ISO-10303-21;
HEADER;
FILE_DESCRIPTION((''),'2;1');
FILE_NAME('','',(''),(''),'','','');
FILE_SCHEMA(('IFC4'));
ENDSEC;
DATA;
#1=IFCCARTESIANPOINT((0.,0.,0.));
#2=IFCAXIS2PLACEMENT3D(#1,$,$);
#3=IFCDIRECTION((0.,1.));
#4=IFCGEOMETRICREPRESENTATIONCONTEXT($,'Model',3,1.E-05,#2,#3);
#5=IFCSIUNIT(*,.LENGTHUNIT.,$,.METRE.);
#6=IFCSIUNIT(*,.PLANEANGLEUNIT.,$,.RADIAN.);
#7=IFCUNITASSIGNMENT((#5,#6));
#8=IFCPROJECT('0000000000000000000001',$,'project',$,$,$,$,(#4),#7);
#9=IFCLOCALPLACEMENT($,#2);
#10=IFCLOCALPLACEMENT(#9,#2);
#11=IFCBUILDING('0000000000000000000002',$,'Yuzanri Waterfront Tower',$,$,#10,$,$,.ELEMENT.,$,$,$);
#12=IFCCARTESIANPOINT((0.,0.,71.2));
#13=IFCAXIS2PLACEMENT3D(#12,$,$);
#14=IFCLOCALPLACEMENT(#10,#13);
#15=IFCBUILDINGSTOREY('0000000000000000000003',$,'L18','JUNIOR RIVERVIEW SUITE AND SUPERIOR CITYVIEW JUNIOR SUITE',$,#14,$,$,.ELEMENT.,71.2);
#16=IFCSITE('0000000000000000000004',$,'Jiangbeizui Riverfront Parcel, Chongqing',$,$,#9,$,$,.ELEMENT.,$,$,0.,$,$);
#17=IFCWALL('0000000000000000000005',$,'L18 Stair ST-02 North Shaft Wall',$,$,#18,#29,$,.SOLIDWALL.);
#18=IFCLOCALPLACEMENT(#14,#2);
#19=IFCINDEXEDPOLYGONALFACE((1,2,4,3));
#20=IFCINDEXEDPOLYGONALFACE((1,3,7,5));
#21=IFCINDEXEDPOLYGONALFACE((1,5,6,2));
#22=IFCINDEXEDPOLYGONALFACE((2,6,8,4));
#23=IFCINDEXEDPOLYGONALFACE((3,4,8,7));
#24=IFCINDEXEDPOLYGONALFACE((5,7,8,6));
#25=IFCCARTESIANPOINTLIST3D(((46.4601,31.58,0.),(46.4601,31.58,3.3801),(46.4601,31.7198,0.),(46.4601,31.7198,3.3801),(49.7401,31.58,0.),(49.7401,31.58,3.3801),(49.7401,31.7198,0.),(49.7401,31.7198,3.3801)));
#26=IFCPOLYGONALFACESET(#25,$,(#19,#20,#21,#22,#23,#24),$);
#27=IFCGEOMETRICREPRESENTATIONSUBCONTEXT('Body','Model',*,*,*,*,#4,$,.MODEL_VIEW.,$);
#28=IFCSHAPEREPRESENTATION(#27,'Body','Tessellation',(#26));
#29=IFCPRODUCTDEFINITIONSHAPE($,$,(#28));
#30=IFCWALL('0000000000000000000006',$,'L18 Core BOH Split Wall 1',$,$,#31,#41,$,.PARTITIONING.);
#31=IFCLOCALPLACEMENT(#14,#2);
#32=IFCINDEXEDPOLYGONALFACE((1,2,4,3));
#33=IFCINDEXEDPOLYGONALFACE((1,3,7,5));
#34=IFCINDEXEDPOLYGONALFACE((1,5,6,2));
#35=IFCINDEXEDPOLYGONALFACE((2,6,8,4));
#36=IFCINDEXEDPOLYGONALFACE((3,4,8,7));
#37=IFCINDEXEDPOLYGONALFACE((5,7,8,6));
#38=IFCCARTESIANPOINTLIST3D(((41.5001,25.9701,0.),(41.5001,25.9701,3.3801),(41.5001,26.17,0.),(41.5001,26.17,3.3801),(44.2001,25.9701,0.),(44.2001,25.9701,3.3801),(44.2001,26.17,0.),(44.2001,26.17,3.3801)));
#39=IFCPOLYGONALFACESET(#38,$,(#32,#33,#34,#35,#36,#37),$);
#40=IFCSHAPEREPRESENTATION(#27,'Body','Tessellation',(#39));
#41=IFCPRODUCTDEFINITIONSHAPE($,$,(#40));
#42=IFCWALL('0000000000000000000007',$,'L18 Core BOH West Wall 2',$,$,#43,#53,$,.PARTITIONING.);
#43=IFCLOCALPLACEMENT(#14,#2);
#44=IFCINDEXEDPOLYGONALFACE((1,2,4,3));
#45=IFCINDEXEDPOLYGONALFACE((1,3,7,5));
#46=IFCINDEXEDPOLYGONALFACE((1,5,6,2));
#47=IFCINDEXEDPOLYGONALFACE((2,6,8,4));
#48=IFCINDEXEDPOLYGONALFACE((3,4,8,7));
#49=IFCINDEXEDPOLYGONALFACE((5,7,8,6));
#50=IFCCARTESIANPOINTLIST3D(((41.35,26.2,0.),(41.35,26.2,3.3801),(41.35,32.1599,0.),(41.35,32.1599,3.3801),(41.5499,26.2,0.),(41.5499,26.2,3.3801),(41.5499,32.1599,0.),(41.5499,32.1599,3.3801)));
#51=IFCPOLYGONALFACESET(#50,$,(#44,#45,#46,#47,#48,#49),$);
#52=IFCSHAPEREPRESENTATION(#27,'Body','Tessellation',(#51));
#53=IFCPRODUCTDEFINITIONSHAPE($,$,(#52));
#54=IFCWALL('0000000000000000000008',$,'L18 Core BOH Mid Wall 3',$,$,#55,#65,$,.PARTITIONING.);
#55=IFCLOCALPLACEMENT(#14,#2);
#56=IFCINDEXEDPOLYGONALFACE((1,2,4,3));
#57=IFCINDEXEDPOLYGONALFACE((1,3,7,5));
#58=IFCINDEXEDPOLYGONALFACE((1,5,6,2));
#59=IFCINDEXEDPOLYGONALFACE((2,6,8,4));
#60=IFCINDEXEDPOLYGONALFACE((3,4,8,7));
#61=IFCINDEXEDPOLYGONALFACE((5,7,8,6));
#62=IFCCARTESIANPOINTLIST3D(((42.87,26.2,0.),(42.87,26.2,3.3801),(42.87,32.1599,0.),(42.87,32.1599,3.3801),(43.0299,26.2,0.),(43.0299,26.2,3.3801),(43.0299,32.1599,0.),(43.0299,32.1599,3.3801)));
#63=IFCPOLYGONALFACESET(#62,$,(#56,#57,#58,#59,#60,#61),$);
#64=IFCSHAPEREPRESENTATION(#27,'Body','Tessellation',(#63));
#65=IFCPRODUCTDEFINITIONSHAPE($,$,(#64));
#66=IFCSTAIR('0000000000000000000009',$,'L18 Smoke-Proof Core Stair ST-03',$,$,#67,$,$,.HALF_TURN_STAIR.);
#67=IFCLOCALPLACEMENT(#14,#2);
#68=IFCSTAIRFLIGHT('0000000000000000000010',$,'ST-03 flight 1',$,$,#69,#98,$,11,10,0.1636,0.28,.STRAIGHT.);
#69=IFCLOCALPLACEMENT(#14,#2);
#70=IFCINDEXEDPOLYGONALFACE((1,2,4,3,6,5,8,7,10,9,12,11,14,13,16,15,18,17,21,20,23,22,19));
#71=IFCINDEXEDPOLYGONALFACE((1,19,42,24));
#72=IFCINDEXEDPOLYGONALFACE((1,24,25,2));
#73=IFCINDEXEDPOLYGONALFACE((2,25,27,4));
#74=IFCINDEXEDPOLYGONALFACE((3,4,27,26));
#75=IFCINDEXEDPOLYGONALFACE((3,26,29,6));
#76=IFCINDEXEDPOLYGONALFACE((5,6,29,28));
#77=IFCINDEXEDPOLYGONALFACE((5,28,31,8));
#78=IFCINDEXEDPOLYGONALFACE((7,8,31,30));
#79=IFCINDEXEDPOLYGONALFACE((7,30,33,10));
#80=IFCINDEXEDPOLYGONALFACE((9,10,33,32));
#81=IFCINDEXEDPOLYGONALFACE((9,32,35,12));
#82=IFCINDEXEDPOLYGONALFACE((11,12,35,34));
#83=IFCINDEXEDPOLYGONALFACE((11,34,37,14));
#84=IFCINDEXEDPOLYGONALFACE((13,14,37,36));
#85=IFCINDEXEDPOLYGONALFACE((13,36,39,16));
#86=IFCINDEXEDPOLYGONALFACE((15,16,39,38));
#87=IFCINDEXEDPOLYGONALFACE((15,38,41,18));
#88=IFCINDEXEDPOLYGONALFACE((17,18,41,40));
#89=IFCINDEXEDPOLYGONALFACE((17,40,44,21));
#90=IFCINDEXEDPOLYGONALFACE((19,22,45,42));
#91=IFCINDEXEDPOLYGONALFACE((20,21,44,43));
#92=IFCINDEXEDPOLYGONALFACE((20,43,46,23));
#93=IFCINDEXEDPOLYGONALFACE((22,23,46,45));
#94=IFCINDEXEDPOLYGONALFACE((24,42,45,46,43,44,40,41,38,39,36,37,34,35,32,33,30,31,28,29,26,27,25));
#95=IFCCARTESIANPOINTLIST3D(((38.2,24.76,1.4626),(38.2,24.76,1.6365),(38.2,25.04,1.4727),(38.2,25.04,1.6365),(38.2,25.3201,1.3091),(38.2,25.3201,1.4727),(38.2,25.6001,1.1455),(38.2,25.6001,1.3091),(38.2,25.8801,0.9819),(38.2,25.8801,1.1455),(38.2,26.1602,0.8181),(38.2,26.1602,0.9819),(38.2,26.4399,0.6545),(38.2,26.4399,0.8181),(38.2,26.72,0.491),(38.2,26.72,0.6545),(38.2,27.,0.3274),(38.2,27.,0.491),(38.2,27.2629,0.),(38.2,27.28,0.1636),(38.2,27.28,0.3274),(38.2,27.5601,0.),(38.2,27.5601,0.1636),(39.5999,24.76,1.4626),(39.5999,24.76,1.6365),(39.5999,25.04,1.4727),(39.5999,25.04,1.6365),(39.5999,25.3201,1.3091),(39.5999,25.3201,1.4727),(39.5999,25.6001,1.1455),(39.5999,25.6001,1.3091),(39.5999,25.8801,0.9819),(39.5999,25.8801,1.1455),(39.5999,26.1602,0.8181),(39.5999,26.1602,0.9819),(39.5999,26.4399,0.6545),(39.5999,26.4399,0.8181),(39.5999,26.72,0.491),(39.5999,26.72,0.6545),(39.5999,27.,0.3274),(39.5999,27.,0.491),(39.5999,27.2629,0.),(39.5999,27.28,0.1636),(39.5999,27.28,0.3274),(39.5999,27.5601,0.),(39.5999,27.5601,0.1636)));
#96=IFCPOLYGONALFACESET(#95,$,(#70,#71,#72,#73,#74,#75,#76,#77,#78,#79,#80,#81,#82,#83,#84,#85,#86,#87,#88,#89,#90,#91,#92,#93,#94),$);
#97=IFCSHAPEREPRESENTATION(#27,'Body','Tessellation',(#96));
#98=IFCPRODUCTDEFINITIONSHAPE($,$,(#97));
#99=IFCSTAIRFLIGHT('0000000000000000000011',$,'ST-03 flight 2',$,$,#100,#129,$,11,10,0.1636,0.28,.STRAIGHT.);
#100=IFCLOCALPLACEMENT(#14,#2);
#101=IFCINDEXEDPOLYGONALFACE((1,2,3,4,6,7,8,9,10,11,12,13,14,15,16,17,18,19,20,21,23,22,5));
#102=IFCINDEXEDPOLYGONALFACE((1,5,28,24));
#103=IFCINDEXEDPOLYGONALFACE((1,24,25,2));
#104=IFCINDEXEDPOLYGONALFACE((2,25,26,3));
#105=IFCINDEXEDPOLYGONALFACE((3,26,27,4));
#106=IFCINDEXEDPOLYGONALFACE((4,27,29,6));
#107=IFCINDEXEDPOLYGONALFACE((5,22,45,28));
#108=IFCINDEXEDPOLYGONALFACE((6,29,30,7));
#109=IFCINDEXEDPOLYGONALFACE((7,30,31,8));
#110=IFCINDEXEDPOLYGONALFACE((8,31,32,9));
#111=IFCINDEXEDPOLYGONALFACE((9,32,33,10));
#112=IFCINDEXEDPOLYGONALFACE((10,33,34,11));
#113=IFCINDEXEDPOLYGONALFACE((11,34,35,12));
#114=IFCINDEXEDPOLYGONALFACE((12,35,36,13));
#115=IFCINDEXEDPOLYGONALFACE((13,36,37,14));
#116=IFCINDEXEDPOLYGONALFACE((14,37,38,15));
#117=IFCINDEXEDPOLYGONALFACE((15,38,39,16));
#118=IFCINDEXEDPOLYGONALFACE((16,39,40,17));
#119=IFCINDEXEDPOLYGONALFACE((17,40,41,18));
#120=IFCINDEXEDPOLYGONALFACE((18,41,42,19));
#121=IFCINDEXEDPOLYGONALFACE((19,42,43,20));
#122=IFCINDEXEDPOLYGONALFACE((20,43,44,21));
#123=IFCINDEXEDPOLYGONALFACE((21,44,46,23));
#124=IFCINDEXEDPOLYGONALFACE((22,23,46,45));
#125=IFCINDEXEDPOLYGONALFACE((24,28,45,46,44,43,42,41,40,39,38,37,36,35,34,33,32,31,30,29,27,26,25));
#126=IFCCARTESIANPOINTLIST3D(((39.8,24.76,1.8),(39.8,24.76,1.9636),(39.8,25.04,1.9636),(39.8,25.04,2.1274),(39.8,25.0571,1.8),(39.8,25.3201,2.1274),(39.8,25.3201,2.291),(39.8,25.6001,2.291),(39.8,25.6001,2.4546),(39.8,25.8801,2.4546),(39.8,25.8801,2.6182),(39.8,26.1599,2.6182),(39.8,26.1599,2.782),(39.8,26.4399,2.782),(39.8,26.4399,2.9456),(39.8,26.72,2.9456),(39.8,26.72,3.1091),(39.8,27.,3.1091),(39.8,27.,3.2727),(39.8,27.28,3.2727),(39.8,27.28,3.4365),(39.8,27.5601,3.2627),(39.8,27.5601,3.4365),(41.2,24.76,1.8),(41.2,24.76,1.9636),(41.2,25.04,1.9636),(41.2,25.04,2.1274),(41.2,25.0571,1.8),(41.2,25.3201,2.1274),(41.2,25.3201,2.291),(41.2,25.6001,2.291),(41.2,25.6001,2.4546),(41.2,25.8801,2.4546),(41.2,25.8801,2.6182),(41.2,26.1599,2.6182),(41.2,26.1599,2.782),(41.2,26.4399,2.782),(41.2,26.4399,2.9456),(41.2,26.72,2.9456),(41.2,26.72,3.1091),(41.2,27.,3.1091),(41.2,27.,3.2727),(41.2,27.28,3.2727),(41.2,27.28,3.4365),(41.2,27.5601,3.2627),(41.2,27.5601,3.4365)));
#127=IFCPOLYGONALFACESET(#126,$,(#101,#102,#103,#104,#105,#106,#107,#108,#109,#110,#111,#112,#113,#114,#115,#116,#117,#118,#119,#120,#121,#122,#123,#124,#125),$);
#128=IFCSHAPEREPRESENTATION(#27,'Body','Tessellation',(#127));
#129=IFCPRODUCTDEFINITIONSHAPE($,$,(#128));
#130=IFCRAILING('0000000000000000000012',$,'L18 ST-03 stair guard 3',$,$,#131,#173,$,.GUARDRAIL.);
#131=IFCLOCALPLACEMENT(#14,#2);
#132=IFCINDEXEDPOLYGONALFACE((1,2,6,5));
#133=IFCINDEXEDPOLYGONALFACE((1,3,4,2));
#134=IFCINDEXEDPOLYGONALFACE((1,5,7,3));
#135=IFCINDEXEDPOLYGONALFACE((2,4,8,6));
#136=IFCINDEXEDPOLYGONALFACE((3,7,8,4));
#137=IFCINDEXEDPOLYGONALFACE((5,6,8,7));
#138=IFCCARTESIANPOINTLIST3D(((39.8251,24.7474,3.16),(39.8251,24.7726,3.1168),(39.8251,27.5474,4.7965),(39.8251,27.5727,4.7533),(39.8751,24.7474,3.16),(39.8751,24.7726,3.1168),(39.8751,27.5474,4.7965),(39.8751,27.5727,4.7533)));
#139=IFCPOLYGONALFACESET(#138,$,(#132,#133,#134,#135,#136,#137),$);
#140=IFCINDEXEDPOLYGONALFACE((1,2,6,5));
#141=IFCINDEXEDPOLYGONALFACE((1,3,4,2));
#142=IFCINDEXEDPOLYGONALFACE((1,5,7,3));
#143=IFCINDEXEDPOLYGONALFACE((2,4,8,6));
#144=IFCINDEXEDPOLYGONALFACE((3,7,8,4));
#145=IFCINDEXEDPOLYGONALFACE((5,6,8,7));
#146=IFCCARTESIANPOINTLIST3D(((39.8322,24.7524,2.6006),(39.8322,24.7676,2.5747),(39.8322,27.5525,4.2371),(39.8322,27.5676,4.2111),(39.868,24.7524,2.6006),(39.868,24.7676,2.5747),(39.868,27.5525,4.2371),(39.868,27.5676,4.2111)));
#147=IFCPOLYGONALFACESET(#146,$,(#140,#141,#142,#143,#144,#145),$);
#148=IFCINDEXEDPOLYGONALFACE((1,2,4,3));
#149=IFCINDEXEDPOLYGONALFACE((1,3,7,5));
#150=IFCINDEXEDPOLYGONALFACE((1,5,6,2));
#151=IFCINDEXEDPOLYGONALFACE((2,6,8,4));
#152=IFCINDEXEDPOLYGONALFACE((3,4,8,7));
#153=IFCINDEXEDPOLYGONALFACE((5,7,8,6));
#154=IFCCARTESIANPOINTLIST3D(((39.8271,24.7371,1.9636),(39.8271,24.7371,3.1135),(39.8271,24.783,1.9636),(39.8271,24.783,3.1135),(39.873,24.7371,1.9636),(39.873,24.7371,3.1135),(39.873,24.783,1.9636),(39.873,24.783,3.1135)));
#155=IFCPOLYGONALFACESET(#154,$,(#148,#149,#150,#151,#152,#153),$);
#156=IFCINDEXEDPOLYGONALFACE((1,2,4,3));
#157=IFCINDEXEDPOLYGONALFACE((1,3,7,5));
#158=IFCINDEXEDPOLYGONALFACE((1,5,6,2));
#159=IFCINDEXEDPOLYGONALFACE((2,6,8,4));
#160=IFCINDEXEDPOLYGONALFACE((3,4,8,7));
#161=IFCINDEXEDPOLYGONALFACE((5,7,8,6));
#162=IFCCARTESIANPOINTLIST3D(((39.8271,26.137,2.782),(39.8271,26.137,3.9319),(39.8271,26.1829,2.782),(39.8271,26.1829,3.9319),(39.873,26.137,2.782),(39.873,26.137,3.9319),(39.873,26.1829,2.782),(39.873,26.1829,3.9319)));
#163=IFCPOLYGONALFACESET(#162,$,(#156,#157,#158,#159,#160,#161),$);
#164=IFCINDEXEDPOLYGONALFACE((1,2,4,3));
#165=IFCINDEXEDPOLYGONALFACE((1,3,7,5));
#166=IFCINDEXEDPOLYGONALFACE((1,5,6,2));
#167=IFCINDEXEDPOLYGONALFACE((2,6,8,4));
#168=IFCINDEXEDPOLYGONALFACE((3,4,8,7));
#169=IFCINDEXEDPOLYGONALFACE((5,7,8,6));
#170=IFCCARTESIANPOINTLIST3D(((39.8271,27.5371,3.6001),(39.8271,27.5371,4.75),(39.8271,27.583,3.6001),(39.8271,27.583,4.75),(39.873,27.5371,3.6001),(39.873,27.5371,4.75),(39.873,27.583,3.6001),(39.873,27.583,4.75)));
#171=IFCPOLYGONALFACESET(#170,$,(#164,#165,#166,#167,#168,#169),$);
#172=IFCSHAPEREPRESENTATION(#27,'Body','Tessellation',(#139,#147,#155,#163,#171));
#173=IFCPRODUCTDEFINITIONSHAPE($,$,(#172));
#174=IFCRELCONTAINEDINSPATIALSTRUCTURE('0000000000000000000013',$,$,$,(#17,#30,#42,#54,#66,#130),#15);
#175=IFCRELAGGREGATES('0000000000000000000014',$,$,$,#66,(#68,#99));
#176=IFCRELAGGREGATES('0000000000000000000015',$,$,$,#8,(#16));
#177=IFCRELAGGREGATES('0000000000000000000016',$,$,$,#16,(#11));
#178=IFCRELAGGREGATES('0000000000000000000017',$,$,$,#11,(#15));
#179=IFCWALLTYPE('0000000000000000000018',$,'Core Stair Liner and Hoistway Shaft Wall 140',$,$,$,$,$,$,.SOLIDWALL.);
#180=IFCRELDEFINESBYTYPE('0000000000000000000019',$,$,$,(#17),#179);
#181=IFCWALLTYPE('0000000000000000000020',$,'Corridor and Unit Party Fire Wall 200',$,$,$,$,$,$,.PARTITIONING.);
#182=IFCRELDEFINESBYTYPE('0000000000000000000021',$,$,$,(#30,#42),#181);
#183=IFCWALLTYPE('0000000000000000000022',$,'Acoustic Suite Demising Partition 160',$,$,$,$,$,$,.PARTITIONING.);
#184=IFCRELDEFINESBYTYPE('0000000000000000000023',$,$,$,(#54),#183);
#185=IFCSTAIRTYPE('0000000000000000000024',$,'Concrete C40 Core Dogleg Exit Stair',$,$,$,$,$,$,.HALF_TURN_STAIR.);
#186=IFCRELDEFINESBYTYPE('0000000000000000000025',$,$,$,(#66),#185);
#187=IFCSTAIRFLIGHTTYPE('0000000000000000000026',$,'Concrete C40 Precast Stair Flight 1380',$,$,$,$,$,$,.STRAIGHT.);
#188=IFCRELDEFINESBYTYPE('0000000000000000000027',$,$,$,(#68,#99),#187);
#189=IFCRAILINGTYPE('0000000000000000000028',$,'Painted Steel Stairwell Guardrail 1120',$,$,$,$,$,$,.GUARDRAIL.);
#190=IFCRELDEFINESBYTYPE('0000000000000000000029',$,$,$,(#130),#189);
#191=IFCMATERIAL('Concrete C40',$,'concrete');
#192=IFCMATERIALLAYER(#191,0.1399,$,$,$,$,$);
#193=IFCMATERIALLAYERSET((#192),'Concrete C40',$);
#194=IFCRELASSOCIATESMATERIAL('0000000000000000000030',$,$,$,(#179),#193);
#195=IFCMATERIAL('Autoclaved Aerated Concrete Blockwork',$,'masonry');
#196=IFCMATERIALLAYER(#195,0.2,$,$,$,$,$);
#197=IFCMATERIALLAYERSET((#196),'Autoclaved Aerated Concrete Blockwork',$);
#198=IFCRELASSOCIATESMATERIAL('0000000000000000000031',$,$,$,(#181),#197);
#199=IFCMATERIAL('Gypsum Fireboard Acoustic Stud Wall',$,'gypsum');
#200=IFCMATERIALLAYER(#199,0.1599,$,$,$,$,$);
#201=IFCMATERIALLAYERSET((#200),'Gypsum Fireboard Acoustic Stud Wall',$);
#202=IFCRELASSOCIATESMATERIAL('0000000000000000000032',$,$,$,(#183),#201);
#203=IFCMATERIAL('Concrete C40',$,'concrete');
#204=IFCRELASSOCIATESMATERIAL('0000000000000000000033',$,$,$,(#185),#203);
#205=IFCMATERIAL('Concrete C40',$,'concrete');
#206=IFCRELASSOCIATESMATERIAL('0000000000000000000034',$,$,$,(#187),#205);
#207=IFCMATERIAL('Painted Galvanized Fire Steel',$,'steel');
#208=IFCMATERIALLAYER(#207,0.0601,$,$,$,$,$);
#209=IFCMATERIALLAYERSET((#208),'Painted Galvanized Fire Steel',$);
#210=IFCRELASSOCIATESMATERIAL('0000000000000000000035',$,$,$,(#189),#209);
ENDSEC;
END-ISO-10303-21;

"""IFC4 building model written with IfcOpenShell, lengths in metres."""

from ifc_helpers import new_model, si_unit, direction, frame, frame_2d, origin, origin_2d, place, context, subcontext, project, spatial, polyline, rectangle, outline, extrude, source, transform, mapped, material, layer, layer_set, type_object, element, aggregate, save


model = new_model("IFC4")

# Units and contexts
model_context = context("Model", 3, precision=1e-05, world=origin(), true_north=direction((0.0, 1.0)))
body_context = subcontext(model_context, "Body", "Model", "MODEL_VIEW")
ifc_project = project(units=[si_unit("LENGTHUNIT", "METRE"), si_unit("PLANEANGLEUNIT", "RADIAN")], contexts=[model_context])

# Site, building, storey
site_placement = place(None, origin())
site = spatial("IfcSite", under=ifc_project, at=site_placement, Name="Jiangbeizui Riverfront Parcel, Chongqing", CompositionType="ELEMENT", RefElevation=0.0)
building_placement = place(site_placement, origin())
building = spatial("IfcBuilding", under=site, at=building_placement, Name="Yuzanri Waterfront Tower", CompositionType="ELEMENT")
storey_placement = place(building_placement, frame((0.0, 0.0, 71.2)))
storey = spatial("IfcBuildingStorey", under=building, at=storey_placement, Name="L18", Description="JUNIOR RIVERVIEW SUITE AND SUPERIOR CITYVIEW JUNIOR SUITE", CompositionType="ELEMENT", Elevation=71.2)

# Shared definitions
ifc_material_1 = material(Name="Concrete C40", Category="concrete")
ifc_layer_1 = layer(ifc_material_1, 0.1399)
ifc_layer_set_1 = layer_set([ifc_layer_1], Name="Concrete C40")
wall_type_1 = type_object("IfcWallType", Name="Core Stair Liner and Hoistway Shaft Wall 140", PredefinedType="SOLIDWALL", material=ifc_layer_set_1)

# Walls
shared_shape_1 = source(origin(), body_context, "Body", "SweptSolid", [
    extrude(rectangle(XDim=3.28, YDim=0.1399, at=frame_2d((1.6401, 0.0))), origin(), (0.0, 0.0, 1.0), 3.3801),
])
wall_1_placement = place(storey_placement, frame((46.46, 31.6499, 0.0), z_axis=(0.0, 0.0, 1.0), x_axis=(1.0, 0.0, 0.0)))
element("IfcWall", 1, at=wall_1_placement, inside=storey, type_object=wall_type_1, Name="L18 Stair ST-02 North Shaft Wall", PredefinedType="SOLIDWALL", context=body_context, shape_type="MappedRepresentation", body=[
    mapped(shared_shape_1, transform((0.0, 0.0, 0.0), scale=1.0)),
])
ifc_material_2 = material(Name="Autoclaved Aerated Concrete Blockwork", Category="masonry")
ifc_layer_2 = layer(ifc_material_2, 0.2)
ifc_layer_set_2 = layer_set([ifc_layer_2], Name="Autoclaved Aerated Concrete Blockwork")
wall_type_2 = type_object("IfcWallType", Name="Corridor and Unit Party Fire Wall 200", PredefinedType="PARTITIONING", material=ifc_layer_set_2)
shared_shape_2 = source(origin(), body_context, "Body", "SweptSolid", [
    extrude(rectangle(XDim=2.7, YDim=0.2, at=frame_2d((1.3501, 0.0))), origin(), (0.0, 0.0, 1.0), 3.3801),
])
wall_2_placement = place(storey_placement, frame((41.5, 26.0701, 0.0), z_axis=(0.0, 0.0, 1.0), x_axis=(1.0, 0.0, 0.0)))
element("IfcWall", 2, at=wall_2_placement, inside=storey, type_object=wall_type_2, Name="L18 Core BOH Split Wall 1", PredefinedType="PARTITIONING", context=body_context, shape_type="MappedRepresentation", body=[
    mapped(shared_shape_2, transform((0.0, 0.0, 0.0), scale=1.0)),
])
shared_shape_3 = source(origin(), body_context, "Body", "SweptSolid", [
    extrude(rectangle(XDim=5.96, YDim=0.2, at=frame_2d((2.98, 0.0))), origin(), (0.0, 0.0, 1.0), 3.3801),
])
wall_3_placement = place(storey_placement, frame((41.45, 26.2, 0.0), z_axis=(0.0, 0.0, 1.0), x_axis=(0.0, 1.0, 0.0)))
element("IfcWall", 3, at=wall_3_placement, inside=storey, type_object=wall_type_2, Name="L18 Core BOH West Wall 2", PredefinedType="PARTITIONING", context=body_context, shape_type="MappedRepresentation", body=[
    mapped(shared_shape_3, transform((0.0, 0.0, 0.0), scale=1.0)),
])
ifc_material_3 = material(Name="Gypsum Fireboard Acoustic Stud Wall", Category="gypsum")
ifc_layer_3 = layer(ifc_material_3, 0.1599)
ifc_layer_set_3 = layer_set([ifc_layer_3], Name="Gypsum Fireboard Acoustic Stud Wall")
wall_type_3 = type_object("IfcWallType", Name="Acoustic Suite Demising Partition 160", PredefinedType="PARTITIONING", material=ifc_layer_set_3)
shared_shape_4 = source(origin(), body_context, "Body", "SweptSolid", [
    extrude(rectangle(XDim=5.96, YDim=0.1599, at=frame_2d((2.98, 0.0))), origin(), (0.0, 0.0, 1.0), 3.3801),
])
wall_4_placement = place(storey_placement, frame((42.95, 26.2, 0.0), z_axis=(0.0, 0.0, 1.0), x_axis=(0.0, 1.0, 0.0)))
element("IfcWall", 4, at=wall_4_placement, inside=storey, type_object=wall_type_3, Name="L18 Core BOH Mid Wall 3", PredefinedType="PARTITIONING", context=body_context, shape_type="MappedRepresentation", body=[
    mapped(shared_shape_4, transform((0.0, 0.0, 0.0), scale=1.0)),
])

# Stair, stair flights
ifc_material_4 = material(Name="Concrete C40", Category="concrete")
stair_type = type_object("IfcStairType", Name="Concrete C40 Core Dogleg Exit Stair", PredefinedType="HALF_TURN_STAIR", material=ifc_material_4)
stair_placement = place(storey_placement, origin())
stair = element("IfcStair", 5, at=stair_placement, inside=storey, type_object=stair_type, Name="L18 Smoke-Proof Core Stair ST-03", PredefinedType="HALF_TURN_STAIR")
ifc_material_5 = material(Name="Concrete C40", Category="concrete")
stair_flight_type = type_object("IfcStairFlightType", Name="Concrete C40 Precast Stair Flight 1380", PredefinedType="STRAIGHT", material=ifc_material_5)
shared_shape_5 = source(origin(), body_context, "Body", "SweptSolid", [
    extrude(outline(polyline([(0.0, 0.0), (0.0, 0.1636), (0.28, 0.1636), (0.28, 0.3274), (0.5601, 0.3274), (0.5601, 0.491), (0.8401, 0.491), (0.8401, 0.6545), (1.1201, 0.6545), (1.1201, 0.8181), (1.3999, 0.8181), (1.3999, 0.9819), (1.6799, 0.9819), (1.6799, 1.1455), (1.96, 1.1455), (1.96, 1.3091), (2.24, 1.3091), (2.24, 1.4727), (2.52, 1.4727), (2.52, 1.6365), (2.8, 1.6365), (2.8, 1.8), (2.8, 1.4626), (0.2971, 0.0), (0.0, 0.0)])), frame((0.0, 0.7, 0.0), z_axis=(0.0, -1.0, 0.0), x_axis=(1.0, 0.0, 0.0)), (0.0, 0.0, 1.0), 1.3999),
])
stair_flight_1_placement = place(storey_placement, frame((38.8999, 27.5601, 0.0), z_axis=(0.0, 0.0, 1.0), x_axis=(0.0, -1.0, 0.0)))
stair_flight_1 = element("IfcStairFlight", 6, at=stair_flight_1_placement, type_object=stair_flight_type, Name="ST-03 flight 1", NumberOfRisers=11, NumberOfTreads=10, PredefinedType="STRAIGHT", RiserHeight=0.1636, TreadLength=0.28, context=body_context, shape_type="MappedRepresentation", body=[
    mapped(shared_shape_5, transform((0.0, 0.0, 0.0), scale=1.0)),
])
stair_flight_2_placement = place(storey_placement, frame((40.5, 24.76, 1.8), z_axis=(0.0, 0.0, 1.0), x_axis=(0.0, 1.0, 0.0)))
stair_flight_2 = element("IfcStairFlight", 7, at=stair_flight_2_placement, type_object=stair_flight_type, Name="ST-03 flight 2", NumberOfRisers=11, NumberOfTreads=10, PredefinedType="STRAIGHT", RiserHeight=0.1636, TreadLength=0.28, context=body_context, shape_type="MappedRepresentation", body=[
    mapped(shared_shape_5, transform((0.0, 0.0, 0.0), scale=1.0)),
])
aggregate(stair, [stair_flight_1, stair_flight_2])

# Railing
ifc_material_6 = material(Name="Painted Galvanized Fire Steel", Category="steel")
ifc_layer_4 = layer(ifc_material_6, 0.0601)
ifc_layer_set_4 = layer_set([ifc_layer_4], Name="Painted Galvanized Fire Steel")
railing_type_1 = type_object("IfcRailingType", Name="Painted Steel Stairwell Guardrail 1120", PredefinedType="GUARDRAIL", material=ifc_layer_set_4)
shared_shape_6 = source(origin(), body_context, "Body", "SweptSolid", [
    extrude(rectangle(XDim=0.05, YDim=0.05, at=origin_2d()), frame((0.0, 0.0, 1.1748), z_axis=(0.0, 0.863361, 0.504587), x_axis=(-1.0, 0.0, 0.0)), (0.0, 0.0, 1.0), 3.2432),
    extrude(rectangle(XDim=0.0359, YDim=0.03, at=origin_2d()), frame((0.0, 0.0, 0.624), z_axis=(0.0, 0.863361, 0.504587), x_axis=(-1.0, 0.0, 0.0)), (0.0, 0.0, 1.0), 3.2432),
    extrude(rectangle(XDim=0.0459, YDim=0.0459, at=origin_2d()), origin(), (0.0, 0.0, 1.0), 1.1499),
    extrude(rectangle(XDim=0.0459, YDim=0.0459, at=origin_2d()), frame((0.0, 1.3999, 0.8184)), (0.0, 0.0, 1.0), 1.1499),
    extrude(rectangle(XDim=0.0459, YDim=0.0459, at=origin_2d()), frame((0.0, 2.8, 1.6365)), (0.0, 0.0, 1.0), 1.1499),
])
railing_1_placement = place(storey_placement, frame((39.8501, 24.76, 1.9636)))
element("IfcRailing", 8, at=railing_1_placement, inside=storey, type_object=railing_type_1, Name="L18 ST-03 stair guard 3", PredefinedType="GUARDRAIL", context=body_context, shape_type="MappedRepresentation", body=[
    mapped(shared_shape_6, transform((0.0, 0.0, 0.0), scale=1.0)),
])

save(model, "model.ifc")
